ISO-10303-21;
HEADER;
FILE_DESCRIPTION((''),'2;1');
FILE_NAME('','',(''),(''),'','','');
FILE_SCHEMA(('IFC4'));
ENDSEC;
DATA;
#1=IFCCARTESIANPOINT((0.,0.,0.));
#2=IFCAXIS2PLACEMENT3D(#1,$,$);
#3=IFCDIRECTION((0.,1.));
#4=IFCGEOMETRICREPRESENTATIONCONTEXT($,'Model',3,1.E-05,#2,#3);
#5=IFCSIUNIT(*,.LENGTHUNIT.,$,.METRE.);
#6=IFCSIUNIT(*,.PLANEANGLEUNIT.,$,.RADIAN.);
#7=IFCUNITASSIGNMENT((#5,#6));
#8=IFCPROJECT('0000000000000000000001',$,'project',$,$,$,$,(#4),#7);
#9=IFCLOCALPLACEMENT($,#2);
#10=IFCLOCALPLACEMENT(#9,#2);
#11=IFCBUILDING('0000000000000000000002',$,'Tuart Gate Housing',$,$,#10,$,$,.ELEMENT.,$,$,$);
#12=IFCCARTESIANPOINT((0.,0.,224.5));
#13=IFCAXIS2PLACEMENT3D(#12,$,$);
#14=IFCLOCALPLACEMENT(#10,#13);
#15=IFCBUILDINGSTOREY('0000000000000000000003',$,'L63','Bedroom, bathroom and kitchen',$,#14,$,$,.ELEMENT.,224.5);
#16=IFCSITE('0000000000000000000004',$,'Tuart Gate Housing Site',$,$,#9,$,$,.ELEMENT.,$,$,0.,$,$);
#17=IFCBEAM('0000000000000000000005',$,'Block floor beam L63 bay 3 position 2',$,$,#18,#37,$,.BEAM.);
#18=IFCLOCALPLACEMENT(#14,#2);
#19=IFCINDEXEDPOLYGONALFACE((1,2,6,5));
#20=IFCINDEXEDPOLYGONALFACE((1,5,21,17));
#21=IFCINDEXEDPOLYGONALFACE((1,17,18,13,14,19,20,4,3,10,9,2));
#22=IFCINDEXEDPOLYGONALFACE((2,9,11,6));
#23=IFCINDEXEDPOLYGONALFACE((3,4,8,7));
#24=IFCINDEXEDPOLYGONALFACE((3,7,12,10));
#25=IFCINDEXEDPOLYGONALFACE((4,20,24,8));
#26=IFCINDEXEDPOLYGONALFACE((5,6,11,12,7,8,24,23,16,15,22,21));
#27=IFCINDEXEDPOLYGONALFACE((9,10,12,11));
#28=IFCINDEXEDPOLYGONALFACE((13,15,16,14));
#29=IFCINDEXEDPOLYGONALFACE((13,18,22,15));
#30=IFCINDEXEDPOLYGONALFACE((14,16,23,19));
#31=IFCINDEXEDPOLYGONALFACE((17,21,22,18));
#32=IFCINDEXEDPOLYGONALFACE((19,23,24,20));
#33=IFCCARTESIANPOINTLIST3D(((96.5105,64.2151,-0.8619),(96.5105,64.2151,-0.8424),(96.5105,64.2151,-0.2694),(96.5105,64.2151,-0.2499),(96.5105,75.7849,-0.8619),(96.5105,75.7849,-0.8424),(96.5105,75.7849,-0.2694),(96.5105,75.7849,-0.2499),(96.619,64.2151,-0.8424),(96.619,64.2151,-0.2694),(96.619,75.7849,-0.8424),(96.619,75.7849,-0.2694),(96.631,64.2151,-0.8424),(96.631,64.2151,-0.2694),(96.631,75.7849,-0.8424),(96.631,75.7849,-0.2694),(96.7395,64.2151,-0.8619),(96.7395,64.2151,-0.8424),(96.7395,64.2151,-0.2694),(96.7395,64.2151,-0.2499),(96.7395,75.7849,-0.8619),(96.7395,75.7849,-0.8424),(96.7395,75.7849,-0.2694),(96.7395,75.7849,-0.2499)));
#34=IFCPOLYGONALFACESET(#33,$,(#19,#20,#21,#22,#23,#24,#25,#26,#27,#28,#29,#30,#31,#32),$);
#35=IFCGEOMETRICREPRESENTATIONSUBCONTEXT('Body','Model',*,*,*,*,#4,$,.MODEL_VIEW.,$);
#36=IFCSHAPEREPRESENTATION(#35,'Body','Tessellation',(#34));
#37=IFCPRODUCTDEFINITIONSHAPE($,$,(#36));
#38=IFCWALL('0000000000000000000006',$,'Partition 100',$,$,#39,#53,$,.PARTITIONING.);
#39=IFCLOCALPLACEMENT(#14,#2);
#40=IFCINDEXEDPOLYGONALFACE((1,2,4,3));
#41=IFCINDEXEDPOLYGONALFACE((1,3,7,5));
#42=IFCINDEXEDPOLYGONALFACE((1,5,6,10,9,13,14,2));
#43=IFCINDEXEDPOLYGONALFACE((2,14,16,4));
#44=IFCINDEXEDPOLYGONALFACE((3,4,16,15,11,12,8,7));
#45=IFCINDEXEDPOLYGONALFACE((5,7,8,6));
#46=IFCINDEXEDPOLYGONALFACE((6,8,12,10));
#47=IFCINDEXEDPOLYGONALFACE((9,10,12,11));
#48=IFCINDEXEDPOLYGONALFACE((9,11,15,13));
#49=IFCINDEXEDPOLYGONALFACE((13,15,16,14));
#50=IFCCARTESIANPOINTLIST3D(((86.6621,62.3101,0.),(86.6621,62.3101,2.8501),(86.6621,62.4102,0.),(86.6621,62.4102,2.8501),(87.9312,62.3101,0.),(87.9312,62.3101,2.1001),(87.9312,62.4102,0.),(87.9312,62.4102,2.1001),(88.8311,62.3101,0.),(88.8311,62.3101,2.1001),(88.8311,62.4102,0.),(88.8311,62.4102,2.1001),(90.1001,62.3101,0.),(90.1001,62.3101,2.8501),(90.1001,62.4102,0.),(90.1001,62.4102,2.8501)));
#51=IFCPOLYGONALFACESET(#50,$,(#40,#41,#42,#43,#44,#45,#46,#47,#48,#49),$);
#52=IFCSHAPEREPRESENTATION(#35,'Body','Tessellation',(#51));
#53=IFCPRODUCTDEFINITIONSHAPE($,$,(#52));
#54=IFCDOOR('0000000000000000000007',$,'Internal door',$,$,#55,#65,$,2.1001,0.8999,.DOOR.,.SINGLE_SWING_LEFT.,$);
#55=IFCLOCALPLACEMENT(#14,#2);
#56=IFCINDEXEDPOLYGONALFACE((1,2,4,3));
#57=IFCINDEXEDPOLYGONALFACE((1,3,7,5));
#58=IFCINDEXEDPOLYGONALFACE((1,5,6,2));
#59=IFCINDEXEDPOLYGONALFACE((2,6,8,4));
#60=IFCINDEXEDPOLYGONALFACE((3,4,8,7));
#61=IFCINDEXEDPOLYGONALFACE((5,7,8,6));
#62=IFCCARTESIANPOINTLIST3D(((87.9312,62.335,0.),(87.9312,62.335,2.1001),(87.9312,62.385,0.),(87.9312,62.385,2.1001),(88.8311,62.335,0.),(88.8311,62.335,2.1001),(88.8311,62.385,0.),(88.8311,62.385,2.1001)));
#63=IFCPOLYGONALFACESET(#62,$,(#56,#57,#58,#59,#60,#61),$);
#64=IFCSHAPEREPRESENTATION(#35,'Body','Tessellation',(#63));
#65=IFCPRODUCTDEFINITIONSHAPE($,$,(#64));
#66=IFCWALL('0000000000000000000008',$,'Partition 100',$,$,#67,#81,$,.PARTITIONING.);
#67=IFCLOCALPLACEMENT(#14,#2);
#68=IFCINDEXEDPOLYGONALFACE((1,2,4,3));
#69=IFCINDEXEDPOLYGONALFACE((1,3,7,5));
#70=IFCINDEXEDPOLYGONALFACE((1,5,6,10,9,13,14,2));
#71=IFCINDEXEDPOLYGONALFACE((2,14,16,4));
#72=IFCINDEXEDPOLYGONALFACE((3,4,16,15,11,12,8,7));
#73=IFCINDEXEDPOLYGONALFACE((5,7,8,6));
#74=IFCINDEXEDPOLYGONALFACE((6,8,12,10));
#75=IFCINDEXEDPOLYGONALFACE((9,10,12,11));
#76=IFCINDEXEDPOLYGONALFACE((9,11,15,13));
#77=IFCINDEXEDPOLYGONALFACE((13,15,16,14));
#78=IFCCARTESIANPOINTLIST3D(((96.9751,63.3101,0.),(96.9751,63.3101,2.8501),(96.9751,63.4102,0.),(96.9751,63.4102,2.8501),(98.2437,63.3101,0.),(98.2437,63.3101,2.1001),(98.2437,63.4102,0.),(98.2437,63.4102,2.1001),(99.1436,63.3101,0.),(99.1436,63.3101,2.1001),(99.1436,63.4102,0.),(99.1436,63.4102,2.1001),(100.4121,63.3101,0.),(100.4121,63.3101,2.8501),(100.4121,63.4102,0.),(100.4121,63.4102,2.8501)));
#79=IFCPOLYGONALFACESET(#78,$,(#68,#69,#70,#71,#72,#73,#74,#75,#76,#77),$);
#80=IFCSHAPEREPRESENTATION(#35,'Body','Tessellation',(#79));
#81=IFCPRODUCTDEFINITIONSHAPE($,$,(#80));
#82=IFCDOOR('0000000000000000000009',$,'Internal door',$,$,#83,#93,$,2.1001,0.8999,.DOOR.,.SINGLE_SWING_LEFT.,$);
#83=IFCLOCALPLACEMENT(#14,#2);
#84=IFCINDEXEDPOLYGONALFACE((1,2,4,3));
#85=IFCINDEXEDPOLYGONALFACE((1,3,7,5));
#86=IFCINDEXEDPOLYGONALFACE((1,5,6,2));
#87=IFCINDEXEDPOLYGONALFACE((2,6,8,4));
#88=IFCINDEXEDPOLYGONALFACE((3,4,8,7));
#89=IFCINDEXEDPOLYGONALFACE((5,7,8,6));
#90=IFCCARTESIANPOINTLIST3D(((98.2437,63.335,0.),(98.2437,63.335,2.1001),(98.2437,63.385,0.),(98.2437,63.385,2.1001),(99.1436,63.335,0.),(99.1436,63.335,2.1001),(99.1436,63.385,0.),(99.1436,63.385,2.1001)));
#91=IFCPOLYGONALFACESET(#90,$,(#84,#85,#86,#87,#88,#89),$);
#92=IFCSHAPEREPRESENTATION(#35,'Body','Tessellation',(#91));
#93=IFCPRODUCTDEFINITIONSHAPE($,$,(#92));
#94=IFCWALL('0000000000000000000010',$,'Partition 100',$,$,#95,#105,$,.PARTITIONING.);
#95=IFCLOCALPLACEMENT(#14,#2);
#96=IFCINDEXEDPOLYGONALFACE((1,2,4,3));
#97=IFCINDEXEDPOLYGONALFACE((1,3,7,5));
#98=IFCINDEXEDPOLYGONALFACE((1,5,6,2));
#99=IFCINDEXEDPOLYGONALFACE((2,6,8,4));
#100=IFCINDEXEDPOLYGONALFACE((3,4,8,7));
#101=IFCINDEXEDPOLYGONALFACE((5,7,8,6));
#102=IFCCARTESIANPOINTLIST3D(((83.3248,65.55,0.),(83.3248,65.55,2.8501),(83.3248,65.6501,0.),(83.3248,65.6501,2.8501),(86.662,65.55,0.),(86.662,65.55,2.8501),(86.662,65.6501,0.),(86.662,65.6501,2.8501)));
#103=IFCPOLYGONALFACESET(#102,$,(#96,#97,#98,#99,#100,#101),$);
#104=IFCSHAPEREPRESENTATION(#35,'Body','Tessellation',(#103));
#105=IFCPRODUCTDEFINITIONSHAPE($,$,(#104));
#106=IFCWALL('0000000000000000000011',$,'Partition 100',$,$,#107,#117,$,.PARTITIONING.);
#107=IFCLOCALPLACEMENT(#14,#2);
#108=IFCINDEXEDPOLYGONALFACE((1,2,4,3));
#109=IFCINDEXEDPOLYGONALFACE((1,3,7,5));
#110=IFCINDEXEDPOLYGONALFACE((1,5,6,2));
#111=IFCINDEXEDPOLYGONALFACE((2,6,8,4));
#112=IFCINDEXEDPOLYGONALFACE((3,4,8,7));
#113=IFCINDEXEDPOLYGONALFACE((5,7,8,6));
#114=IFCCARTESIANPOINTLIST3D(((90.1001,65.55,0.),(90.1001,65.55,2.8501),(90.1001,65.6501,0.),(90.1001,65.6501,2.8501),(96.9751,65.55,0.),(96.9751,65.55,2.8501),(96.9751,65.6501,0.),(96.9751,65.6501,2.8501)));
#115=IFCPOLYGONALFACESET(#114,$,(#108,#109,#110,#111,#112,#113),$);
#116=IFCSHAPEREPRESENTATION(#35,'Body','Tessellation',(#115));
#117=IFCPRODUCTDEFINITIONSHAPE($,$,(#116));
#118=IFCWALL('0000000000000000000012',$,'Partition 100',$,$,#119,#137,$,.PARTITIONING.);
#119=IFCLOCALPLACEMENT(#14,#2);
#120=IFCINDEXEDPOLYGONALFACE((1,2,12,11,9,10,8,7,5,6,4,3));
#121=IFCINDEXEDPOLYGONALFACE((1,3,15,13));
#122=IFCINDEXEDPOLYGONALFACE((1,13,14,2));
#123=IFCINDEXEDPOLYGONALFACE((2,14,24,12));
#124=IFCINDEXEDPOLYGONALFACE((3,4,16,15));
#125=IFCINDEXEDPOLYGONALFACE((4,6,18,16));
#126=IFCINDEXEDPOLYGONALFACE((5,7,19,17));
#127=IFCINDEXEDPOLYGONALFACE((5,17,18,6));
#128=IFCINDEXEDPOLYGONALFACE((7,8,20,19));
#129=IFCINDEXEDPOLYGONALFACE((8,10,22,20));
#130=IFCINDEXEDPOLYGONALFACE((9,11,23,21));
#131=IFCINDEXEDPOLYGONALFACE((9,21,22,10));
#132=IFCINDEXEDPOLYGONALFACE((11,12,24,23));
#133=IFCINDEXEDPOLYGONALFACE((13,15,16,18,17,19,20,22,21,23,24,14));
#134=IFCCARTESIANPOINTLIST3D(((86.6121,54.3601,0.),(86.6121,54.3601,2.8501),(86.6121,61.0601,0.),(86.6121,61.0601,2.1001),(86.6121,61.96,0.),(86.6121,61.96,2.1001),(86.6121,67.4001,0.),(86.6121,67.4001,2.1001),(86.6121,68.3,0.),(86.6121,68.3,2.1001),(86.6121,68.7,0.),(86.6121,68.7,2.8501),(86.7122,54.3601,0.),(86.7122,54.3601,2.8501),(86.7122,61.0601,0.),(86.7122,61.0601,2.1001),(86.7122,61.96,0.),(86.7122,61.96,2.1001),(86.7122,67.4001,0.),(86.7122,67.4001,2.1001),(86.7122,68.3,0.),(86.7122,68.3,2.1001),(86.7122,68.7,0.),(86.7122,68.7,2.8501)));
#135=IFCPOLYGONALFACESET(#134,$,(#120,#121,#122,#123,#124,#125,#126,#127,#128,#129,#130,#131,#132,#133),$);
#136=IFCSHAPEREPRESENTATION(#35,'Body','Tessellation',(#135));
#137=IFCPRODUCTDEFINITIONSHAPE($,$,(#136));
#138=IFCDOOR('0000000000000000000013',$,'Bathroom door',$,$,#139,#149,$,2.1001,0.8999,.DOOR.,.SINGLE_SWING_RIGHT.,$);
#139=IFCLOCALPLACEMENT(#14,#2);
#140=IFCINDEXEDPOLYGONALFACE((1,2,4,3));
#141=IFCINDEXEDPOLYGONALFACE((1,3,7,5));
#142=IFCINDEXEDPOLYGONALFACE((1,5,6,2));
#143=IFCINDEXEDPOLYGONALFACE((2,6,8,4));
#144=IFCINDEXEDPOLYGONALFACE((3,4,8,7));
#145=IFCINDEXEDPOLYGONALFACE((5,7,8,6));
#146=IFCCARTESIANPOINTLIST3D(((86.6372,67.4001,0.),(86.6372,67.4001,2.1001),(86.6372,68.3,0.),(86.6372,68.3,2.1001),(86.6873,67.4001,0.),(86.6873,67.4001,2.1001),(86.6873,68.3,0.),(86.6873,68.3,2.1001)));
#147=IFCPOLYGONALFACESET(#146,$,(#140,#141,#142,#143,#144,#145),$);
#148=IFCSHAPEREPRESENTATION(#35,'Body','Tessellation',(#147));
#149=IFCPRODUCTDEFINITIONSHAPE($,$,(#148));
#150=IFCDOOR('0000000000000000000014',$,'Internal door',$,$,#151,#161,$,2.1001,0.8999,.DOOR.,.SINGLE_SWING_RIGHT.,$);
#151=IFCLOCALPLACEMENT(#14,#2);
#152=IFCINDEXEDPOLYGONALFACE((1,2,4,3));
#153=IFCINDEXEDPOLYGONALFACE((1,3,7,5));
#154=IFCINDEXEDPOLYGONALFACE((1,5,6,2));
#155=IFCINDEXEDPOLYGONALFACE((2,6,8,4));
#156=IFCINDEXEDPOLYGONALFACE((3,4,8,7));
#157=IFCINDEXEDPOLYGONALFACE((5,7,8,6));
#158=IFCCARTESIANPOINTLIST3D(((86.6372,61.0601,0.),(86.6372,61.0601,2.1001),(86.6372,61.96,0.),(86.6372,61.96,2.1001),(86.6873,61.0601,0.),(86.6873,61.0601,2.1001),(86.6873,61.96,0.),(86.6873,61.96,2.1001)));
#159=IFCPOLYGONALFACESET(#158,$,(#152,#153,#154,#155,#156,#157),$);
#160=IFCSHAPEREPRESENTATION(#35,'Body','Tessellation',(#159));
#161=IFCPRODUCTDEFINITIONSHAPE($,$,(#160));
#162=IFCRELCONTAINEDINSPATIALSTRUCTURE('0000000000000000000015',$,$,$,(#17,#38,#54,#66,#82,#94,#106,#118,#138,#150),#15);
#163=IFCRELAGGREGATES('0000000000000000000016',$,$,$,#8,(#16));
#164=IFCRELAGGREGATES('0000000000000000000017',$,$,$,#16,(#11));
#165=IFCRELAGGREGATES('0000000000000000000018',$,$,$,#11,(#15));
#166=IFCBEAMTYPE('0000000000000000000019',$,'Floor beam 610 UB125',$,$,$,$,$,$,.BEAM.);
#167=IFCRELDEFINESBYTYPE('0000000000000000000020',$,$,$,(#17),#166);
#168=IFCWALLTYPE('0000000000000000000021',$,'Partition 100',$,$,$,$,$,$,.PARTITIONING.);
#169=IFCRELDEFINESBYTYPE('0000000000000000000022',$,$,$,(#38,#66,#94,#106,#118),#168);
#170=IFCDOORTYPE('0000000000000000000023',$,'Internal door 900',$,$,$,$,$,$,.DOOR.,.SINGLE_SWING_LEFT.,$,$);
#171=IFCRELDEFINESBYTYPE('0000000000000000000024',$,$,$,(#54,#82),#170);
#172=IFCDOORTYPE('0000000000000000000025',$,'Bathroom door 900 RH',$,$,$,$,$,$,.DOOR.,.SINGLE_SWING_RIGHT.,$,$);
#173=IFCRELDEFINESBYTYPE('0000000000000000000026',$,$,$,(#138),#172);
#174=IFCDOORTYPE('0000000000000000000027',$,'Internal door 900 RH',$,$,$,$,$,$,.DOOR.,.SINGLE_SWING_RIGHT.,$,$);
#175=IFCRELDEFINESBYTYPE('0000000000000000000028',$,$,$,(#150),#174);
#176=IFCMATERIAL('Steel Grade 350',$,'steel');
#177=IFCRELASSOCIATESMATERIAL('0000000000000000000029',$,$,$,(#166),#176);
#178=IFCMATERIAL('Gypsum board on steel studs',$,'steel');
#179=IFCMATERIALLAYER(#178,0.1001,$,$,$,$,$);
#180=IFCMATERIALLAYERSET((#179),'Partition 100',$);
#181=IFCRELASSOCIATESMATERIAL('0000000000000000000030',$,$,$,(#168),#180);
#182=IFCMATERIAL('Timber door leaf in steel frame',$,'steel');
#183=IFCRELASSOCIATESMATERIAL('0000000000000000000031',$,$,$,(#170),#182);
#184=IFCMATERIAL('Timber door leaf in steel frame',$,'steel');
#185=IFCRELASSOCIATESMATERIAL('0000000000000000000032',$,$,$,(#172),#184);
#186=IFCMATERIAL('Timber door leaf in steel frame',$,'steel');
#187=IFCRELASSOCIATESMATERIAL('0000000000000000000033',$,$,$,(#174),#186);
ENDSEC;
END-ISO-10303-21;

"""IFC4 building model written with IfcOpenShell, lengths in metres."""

from ifc_helpers import new_model, si_unit, direction, frame, frame_2d, origin, origin_2d, place, context, subcontext, project, spatial, rectangle, i_section, extrude, material, layer, layer_set, material_profile, profile_set, type_object, element, fill, save


model = new_model("IFC4")

# Units and contexts
model_context = context("Model", 3, precision=1e-05, world=origin(), true_north=direction((0.0, 1.0)))
body_context = subcontext(model_context, "Body", "Model", "MODEL_VIEW")
ifc_project = project(units=[si_unit("LENGTHUNIT", "METRE"), si_unit("PLANEANGLEUNIT", "RADIAN")], contexts=[model_context])

# Site, building, storey
site_placement = place(None, origin())
site = spatial("IfcSite", under=ifc_project, at=site_placement, Name="Tuart Gate Housing Site", CompositionType="ELEMENT", RefElevation=0.0)
building_placement = place(site_placement, origin())
building = spatial("IfcBuilding", under=site, at=building_placement, Name="Tuart Gate Housing", CompositionType="ELEMENT")
storey_placement = place(building_placement, frame((0.0, 0.0, 224.5)))
storey = spatial("IfcBuildingStorey", under=building, at=storey_placement, Name="L63", Description="Bedroom, bathroom and kitchen", CompositionType="ELEMENT", Elevation=224.5)

# Beam
ifc_material_1 = material(Name="Steel Grade 350", Category="steel")
ifc_material_profile_1 = material_profile(ifc_material_1, i_section(OverallWidth=0.229, OverallDepth=0.6121, WebThickness=0.012, FlangeThickness=0.0195, at=origin_2d()), Name="610UB125")
ifc_profile_set_1 = profile_set([ifc_material_profile_1], Name="Steel Grade 350")
beam_type_1 = type_object("IfcBeamType", Name="Floor beam 610 UB125", PredefinedType="BEAM", material=ifc_profile_set_1)
for number, where, z_axis, x_axis, name in (
    (1, (96.625, 64.2151, -0.5559), (0.0, 1.0, 0.0), (-1.0, 0.0, 0.0), "Block floor beam L63 bay 3 position 2"),
):
    element("IfcBeam", number, at=place(storey_placement, frame(where, z_axis=z_axis, x_axis=x_axis)), inside=storey, type_object=beam_type_1, Name=name, PredefinedType="BEAM", context=body_context, shape_type="SweptSolid", body=[
        extrude(i_section(OverallWidth=0.229, OverallDepth=0.6121, WebThickness=0.012, FlangeThickness=0.0195, at=origin_2d()), origin(), (0.0, 0.0, 1.0), 11.5698),
    ])

# Walls, openings, doors
ifc_material_2 = material(Name="Gypsum board on steel studs", Category="steel")
ifc_layer_1 = layer(ifc_material_2, 0.1001)
ifc_layer_set_1 = layer_set([ifc_layer_1], Name="Partition 100")
wall_type_1 = type_object("IfcWallType", Name="Partition 100", PredefinedType="PARTITIONING", material=ifc_layer_set_1)
wall_1_placement = place(storey_placement, frame((86.6621, 62.3601, 0.0), z_axis=(0.0, 0.0, 1.0), x_axis=(1.0, 0.0, 0.0)))
wall_1 = element("IfcWall", 2, at=wall_1_placement, inside=storey, type_object=wall_type_1, Name="Partition 100", PredefinedType="PARTITIONING", context=body_context, shape_type="SweptSolid", body=[
    extrude(rectangle(XDim=3.438, YDim=0.1001, at=frame_2d((1.719, 0.0))), origin(), (0.0, 0.0, 1.0), 2.8501),
])
opening_1_placement = place(wall_1_placement, frame((1.269, 0.0, 0.0)))
opening_1 = element("IfcOpeningElement", 3, at=opening_1_placement, cuts=wall_1, PredefinedType="OPENING", context=body_context, shape_type="SweptSolid", body=[
    extrude(rectangle(XDim=0.8999, YDim=2.1001, at=frame_2d((0.45, 1.05))), frame((0.0, 0.0601, 0.0), z_axis=(0.0, -1.0, 0.0), x_axis=(1.0, 0.0, 0.0)), (0.0, 0.0, 1.0), 0.1201),
])
ifc_material_3 = material(Name="Timber door leaf in steel frame", Category="steel")
door_type_1 = type_object("IfcDoorType", Name="Internal door 900", OperationType="SINGLE_SWING_LEFT", PredefinedType="DOOR", material=ifc_material_3)
door_1_placement = place(opening_1_placement, origin())
door_1 = element("IfcDoor", 4, at=door_1_placement, inside=storey, type_object=door_type_1, Name="Internal door", OperationType="SINGLE_SWING_LEFT", OverallHeight=2.1001, OverallWidth=0.8999, PredefinedType="DOOR", context=body_context, shape_type="SweptSolid", body=[
    extrude(rectangle(XDim=0.8999, YDim=2.1001, at=frame_2d((0.45, 1.05))), frame((0.0, 0.0249, 0.0), z_axis=(0.0, -1.0, 0.0), x_axis=(1.0, 0.0, 0.0)), (0.0, 0.0, 1.0), 0.05),
])
fill(opening_1, door_1)
wall_2_placement = place(storey_placement, frame((96.9751, 63.3601, 0.0), z_axis=(0.0, 0.0, 1.0), x_axis=(1.0, 0.0, 0.0)))
wall_2 = element("IfcWall", 5, at=wall_2_placement, inside=storey, type_object=wall_type_1, Name="Partition 100", PredefinedType="PARTITIONING", context=body_context, shape_type="SweptSolid", body=[
    extrude(rectangle(XDim=3.437, YDim=0.1001, at=frame_2d((1.7185, 0.0))), origin(), (0.0, 0.0, 1.0), 2.8501),
])
opening_2_placement = place(wall_2_placement, frame((1.2686, 0.0, 0.0)))
opening_2 = element("IfcOpeningElement", 6, at=opening_2_placement, cuts=wall_2, PredefinedType="OPENING", context=body_context, shape_type="SweptSolid", body=[
    extrude(rectangle(XDim=0.8999, YDim=2.1001, at=frame_2d((0.45, 1.05))), frame((0.0, 0.0601, 0.0), z_axis=(0.0, -1.0, 0.0), x_axis=(1.0, 0.0, 0.0)), (0.0, 0.0, 1.0), 0.1201),
])
door_2_placement = place(opening_2_placement, origin())
door_2 = element("IfcDoor", 7, at=door_2_placement, inside=storey, type_object=door_type_1, Name="Internal door", OperationType="SINGLE_SWING_LEFT", OverallHeight=2.1001, OverallWidth=0.8999, PredefinedType="DOOR", context=body_context, shape_type="SweptSolid", body=[
    extrude(rectangle(XDim=0.8999, YDim=2.1001, at=frame_2d((0.45, 1.05))), frame((0.0, 0.0249, 0.0), z_axis=(0.0, -1.0, 0.0), x_axis=(1.0, 0.0, 0.0)), (0.0, 0.0, 1.0), 0.05),
])
fill(opening_2, door_2)

# Walls
wall_3_placement = place(storey_placement, frame((83.325, 65.6001, 0.0), z_axis=(0.0, 0.0, 1.0), x_axis=(1.0, 0.0, 0.0)))
element("IfcWall", 8, at=wall_3_placement, inside=storey, type_object=wall_type_1, Name="Partition 100", PredefinedType="PARTITIONING", context=body_context, shape_type="SweptSolid", body=[
    extrude(rectangle(XDim=3.3372, YDim=0.1001, at=frame_2d((1.6685, 0.0))), origin(), (0.0, 0.0, 1.0), 2.8501),
])
wall_4_placement = place(storey_placement, frame((90.1001, 65.6001, 0.0), z_axis=(0.0, 0.0, 1.0), x_axis=(1.0, 0.0, 0.0)))
element("IfcWall", 9, at=wall_4_placement, inside=storey, type_object=wall_type_1, Name="Partition 100", PredefinedType="PARTITIONING", context=body_context, shape_type="SweptSolid", body=[
    extrude(rectangle(XDim=6.875, YDim=0.1001, at=frame_2d((3.4375, 0.0))), origin(), (0.0, 0.0, 1.0), 2.8501),
])

# Wall, openings, doors
wall_5_placement = place(storey_placement, frame((86.6621, 54.3601, 0.0), z_axis=(0.0, 0.0, 1.0), x_axis=(0.0, 1.0, 0.0)))
wall_5 = element("IfcWall", 10, at=wall_5_placement, inside=storey, type_object=wall_type_1, Name="Partition 100", PredefinedType="PARTITIONING", context=body_context, shape_type="SweptSolid", body=[
    extrude(rectangle(XDim=14.3398, YDim=0.1001, at=frame_2d((7.1699, 0.0))), origin(), (0.0, 0.0, 1.0), 2.8501),
])
opening_3_placement = place(wall_5_placement, frame((6.7, 0.0, 0.0)))
opening_3 = element("IfcOpeningElement", 11, at=opening_3_placement, cuts=wall_5, PredefinedType="OPENING", context=body_context, shape_type="SweptSolid", body=[
    extrude(rectangle(XDim=0.8999, YDim=2.1001, at=frame_2d((0.45, 1.05))), frame((0.0, 0.0601, 0.0), z_axis=(0.0, -1.0, 0.0), x_axis=(1.0, 0.0, 0.0)), (0.0, 0.0, 1.0), 0.1201),
])
opening_4_placement = place(wall_5_placement, frame((13.04, 0.0, 0.0)))
opening_4 = element("IfcOpeningElement", 12, at=opening_4_placement, cuts=wall_5, PredefinedType="OPENING", context=body_context, shape_type="SweptSolid", body=[
    extrude(rectangle(XDim=0.8999, YDim=2.1001, at=frame_2d((0.45, 1.05))), frame((0.0, 0.0601, 0.0), z_axis=(0.0, -1.0, 0.0), x_axis=(1.0, 0.0, 0.0)), (0.0, 0.0, 1.0), 0.1201),
])
ifc_material_4 = material(Name="Timber door leaf in steel frame", Category="steel")
door_type_2 = type_object("IfcDoorType", Name="Bathroom door 900 RH", OperationType="SINGLE_SWING_RIGHT", PredefinedType="DOOR", material=ifc_material_4)
door_3_placement = place(opening_4_placement, origin())
door_3 = element("IfcDoor", 13, at=door_3_placement, inside=storey, type_object=door_type_2, Name="Bathroom door", OperationType="SINGLE_SWING_RIGHT", OverallHeight=2.1001, OverallWidth=0.8999, PredefinedType="DOOR", context=body_context, shape_type="SweptSolid", body=[
    extrude(rectangle(XDim=0.8999, YDim=2.1001, at=frame_2d((0.45, 1.05))), frame((0.0, 0.0249, 0.0), z_axis=(0.0, -1.0, 0.0), x_axis=(1.0, 0.0, 0.0)), (0.0, 0.0, 1.0), 0.05),
])
fill(opening_4, door_3)
ifc_material_5 = material(Name="Timber door leaf in steel frame", Category="steel")
door_type_3 = type_object("IfcDoorType", Name="Internal door 900 RH", OperationType="SINGLE_SWING_RIGHT", PredefinedType="DOOR", material=ifc_material_5)
door_4_placement = place(opening_3_placement, origin())
door_4 = element("IfcDoor", 14, at=door_4_placement, inside=storey, type_object=door_type_3, Name="Internal door", OperationType="SINGLE_SWING_RIGHT", OverallHeight=2.1001, OverallWidth=0.8999, PredefinedType="DOOR", context=body_context, shape_type="SweptSolid", body=[
    extrude(rectangle(XDim=0.8999, YDim=2.1001, at=frame_2d((0.45, 1.05))), frame((0.0, 0.0249, 0.0), z_axis=(0.0, -1.0, 0.0), x_axis=(1.0, 0.0, 0.0)), (0.0, 0.0, 1.0), 0.05),
])
fill(opening_3, door_4)

save(model, "model.ifc")
